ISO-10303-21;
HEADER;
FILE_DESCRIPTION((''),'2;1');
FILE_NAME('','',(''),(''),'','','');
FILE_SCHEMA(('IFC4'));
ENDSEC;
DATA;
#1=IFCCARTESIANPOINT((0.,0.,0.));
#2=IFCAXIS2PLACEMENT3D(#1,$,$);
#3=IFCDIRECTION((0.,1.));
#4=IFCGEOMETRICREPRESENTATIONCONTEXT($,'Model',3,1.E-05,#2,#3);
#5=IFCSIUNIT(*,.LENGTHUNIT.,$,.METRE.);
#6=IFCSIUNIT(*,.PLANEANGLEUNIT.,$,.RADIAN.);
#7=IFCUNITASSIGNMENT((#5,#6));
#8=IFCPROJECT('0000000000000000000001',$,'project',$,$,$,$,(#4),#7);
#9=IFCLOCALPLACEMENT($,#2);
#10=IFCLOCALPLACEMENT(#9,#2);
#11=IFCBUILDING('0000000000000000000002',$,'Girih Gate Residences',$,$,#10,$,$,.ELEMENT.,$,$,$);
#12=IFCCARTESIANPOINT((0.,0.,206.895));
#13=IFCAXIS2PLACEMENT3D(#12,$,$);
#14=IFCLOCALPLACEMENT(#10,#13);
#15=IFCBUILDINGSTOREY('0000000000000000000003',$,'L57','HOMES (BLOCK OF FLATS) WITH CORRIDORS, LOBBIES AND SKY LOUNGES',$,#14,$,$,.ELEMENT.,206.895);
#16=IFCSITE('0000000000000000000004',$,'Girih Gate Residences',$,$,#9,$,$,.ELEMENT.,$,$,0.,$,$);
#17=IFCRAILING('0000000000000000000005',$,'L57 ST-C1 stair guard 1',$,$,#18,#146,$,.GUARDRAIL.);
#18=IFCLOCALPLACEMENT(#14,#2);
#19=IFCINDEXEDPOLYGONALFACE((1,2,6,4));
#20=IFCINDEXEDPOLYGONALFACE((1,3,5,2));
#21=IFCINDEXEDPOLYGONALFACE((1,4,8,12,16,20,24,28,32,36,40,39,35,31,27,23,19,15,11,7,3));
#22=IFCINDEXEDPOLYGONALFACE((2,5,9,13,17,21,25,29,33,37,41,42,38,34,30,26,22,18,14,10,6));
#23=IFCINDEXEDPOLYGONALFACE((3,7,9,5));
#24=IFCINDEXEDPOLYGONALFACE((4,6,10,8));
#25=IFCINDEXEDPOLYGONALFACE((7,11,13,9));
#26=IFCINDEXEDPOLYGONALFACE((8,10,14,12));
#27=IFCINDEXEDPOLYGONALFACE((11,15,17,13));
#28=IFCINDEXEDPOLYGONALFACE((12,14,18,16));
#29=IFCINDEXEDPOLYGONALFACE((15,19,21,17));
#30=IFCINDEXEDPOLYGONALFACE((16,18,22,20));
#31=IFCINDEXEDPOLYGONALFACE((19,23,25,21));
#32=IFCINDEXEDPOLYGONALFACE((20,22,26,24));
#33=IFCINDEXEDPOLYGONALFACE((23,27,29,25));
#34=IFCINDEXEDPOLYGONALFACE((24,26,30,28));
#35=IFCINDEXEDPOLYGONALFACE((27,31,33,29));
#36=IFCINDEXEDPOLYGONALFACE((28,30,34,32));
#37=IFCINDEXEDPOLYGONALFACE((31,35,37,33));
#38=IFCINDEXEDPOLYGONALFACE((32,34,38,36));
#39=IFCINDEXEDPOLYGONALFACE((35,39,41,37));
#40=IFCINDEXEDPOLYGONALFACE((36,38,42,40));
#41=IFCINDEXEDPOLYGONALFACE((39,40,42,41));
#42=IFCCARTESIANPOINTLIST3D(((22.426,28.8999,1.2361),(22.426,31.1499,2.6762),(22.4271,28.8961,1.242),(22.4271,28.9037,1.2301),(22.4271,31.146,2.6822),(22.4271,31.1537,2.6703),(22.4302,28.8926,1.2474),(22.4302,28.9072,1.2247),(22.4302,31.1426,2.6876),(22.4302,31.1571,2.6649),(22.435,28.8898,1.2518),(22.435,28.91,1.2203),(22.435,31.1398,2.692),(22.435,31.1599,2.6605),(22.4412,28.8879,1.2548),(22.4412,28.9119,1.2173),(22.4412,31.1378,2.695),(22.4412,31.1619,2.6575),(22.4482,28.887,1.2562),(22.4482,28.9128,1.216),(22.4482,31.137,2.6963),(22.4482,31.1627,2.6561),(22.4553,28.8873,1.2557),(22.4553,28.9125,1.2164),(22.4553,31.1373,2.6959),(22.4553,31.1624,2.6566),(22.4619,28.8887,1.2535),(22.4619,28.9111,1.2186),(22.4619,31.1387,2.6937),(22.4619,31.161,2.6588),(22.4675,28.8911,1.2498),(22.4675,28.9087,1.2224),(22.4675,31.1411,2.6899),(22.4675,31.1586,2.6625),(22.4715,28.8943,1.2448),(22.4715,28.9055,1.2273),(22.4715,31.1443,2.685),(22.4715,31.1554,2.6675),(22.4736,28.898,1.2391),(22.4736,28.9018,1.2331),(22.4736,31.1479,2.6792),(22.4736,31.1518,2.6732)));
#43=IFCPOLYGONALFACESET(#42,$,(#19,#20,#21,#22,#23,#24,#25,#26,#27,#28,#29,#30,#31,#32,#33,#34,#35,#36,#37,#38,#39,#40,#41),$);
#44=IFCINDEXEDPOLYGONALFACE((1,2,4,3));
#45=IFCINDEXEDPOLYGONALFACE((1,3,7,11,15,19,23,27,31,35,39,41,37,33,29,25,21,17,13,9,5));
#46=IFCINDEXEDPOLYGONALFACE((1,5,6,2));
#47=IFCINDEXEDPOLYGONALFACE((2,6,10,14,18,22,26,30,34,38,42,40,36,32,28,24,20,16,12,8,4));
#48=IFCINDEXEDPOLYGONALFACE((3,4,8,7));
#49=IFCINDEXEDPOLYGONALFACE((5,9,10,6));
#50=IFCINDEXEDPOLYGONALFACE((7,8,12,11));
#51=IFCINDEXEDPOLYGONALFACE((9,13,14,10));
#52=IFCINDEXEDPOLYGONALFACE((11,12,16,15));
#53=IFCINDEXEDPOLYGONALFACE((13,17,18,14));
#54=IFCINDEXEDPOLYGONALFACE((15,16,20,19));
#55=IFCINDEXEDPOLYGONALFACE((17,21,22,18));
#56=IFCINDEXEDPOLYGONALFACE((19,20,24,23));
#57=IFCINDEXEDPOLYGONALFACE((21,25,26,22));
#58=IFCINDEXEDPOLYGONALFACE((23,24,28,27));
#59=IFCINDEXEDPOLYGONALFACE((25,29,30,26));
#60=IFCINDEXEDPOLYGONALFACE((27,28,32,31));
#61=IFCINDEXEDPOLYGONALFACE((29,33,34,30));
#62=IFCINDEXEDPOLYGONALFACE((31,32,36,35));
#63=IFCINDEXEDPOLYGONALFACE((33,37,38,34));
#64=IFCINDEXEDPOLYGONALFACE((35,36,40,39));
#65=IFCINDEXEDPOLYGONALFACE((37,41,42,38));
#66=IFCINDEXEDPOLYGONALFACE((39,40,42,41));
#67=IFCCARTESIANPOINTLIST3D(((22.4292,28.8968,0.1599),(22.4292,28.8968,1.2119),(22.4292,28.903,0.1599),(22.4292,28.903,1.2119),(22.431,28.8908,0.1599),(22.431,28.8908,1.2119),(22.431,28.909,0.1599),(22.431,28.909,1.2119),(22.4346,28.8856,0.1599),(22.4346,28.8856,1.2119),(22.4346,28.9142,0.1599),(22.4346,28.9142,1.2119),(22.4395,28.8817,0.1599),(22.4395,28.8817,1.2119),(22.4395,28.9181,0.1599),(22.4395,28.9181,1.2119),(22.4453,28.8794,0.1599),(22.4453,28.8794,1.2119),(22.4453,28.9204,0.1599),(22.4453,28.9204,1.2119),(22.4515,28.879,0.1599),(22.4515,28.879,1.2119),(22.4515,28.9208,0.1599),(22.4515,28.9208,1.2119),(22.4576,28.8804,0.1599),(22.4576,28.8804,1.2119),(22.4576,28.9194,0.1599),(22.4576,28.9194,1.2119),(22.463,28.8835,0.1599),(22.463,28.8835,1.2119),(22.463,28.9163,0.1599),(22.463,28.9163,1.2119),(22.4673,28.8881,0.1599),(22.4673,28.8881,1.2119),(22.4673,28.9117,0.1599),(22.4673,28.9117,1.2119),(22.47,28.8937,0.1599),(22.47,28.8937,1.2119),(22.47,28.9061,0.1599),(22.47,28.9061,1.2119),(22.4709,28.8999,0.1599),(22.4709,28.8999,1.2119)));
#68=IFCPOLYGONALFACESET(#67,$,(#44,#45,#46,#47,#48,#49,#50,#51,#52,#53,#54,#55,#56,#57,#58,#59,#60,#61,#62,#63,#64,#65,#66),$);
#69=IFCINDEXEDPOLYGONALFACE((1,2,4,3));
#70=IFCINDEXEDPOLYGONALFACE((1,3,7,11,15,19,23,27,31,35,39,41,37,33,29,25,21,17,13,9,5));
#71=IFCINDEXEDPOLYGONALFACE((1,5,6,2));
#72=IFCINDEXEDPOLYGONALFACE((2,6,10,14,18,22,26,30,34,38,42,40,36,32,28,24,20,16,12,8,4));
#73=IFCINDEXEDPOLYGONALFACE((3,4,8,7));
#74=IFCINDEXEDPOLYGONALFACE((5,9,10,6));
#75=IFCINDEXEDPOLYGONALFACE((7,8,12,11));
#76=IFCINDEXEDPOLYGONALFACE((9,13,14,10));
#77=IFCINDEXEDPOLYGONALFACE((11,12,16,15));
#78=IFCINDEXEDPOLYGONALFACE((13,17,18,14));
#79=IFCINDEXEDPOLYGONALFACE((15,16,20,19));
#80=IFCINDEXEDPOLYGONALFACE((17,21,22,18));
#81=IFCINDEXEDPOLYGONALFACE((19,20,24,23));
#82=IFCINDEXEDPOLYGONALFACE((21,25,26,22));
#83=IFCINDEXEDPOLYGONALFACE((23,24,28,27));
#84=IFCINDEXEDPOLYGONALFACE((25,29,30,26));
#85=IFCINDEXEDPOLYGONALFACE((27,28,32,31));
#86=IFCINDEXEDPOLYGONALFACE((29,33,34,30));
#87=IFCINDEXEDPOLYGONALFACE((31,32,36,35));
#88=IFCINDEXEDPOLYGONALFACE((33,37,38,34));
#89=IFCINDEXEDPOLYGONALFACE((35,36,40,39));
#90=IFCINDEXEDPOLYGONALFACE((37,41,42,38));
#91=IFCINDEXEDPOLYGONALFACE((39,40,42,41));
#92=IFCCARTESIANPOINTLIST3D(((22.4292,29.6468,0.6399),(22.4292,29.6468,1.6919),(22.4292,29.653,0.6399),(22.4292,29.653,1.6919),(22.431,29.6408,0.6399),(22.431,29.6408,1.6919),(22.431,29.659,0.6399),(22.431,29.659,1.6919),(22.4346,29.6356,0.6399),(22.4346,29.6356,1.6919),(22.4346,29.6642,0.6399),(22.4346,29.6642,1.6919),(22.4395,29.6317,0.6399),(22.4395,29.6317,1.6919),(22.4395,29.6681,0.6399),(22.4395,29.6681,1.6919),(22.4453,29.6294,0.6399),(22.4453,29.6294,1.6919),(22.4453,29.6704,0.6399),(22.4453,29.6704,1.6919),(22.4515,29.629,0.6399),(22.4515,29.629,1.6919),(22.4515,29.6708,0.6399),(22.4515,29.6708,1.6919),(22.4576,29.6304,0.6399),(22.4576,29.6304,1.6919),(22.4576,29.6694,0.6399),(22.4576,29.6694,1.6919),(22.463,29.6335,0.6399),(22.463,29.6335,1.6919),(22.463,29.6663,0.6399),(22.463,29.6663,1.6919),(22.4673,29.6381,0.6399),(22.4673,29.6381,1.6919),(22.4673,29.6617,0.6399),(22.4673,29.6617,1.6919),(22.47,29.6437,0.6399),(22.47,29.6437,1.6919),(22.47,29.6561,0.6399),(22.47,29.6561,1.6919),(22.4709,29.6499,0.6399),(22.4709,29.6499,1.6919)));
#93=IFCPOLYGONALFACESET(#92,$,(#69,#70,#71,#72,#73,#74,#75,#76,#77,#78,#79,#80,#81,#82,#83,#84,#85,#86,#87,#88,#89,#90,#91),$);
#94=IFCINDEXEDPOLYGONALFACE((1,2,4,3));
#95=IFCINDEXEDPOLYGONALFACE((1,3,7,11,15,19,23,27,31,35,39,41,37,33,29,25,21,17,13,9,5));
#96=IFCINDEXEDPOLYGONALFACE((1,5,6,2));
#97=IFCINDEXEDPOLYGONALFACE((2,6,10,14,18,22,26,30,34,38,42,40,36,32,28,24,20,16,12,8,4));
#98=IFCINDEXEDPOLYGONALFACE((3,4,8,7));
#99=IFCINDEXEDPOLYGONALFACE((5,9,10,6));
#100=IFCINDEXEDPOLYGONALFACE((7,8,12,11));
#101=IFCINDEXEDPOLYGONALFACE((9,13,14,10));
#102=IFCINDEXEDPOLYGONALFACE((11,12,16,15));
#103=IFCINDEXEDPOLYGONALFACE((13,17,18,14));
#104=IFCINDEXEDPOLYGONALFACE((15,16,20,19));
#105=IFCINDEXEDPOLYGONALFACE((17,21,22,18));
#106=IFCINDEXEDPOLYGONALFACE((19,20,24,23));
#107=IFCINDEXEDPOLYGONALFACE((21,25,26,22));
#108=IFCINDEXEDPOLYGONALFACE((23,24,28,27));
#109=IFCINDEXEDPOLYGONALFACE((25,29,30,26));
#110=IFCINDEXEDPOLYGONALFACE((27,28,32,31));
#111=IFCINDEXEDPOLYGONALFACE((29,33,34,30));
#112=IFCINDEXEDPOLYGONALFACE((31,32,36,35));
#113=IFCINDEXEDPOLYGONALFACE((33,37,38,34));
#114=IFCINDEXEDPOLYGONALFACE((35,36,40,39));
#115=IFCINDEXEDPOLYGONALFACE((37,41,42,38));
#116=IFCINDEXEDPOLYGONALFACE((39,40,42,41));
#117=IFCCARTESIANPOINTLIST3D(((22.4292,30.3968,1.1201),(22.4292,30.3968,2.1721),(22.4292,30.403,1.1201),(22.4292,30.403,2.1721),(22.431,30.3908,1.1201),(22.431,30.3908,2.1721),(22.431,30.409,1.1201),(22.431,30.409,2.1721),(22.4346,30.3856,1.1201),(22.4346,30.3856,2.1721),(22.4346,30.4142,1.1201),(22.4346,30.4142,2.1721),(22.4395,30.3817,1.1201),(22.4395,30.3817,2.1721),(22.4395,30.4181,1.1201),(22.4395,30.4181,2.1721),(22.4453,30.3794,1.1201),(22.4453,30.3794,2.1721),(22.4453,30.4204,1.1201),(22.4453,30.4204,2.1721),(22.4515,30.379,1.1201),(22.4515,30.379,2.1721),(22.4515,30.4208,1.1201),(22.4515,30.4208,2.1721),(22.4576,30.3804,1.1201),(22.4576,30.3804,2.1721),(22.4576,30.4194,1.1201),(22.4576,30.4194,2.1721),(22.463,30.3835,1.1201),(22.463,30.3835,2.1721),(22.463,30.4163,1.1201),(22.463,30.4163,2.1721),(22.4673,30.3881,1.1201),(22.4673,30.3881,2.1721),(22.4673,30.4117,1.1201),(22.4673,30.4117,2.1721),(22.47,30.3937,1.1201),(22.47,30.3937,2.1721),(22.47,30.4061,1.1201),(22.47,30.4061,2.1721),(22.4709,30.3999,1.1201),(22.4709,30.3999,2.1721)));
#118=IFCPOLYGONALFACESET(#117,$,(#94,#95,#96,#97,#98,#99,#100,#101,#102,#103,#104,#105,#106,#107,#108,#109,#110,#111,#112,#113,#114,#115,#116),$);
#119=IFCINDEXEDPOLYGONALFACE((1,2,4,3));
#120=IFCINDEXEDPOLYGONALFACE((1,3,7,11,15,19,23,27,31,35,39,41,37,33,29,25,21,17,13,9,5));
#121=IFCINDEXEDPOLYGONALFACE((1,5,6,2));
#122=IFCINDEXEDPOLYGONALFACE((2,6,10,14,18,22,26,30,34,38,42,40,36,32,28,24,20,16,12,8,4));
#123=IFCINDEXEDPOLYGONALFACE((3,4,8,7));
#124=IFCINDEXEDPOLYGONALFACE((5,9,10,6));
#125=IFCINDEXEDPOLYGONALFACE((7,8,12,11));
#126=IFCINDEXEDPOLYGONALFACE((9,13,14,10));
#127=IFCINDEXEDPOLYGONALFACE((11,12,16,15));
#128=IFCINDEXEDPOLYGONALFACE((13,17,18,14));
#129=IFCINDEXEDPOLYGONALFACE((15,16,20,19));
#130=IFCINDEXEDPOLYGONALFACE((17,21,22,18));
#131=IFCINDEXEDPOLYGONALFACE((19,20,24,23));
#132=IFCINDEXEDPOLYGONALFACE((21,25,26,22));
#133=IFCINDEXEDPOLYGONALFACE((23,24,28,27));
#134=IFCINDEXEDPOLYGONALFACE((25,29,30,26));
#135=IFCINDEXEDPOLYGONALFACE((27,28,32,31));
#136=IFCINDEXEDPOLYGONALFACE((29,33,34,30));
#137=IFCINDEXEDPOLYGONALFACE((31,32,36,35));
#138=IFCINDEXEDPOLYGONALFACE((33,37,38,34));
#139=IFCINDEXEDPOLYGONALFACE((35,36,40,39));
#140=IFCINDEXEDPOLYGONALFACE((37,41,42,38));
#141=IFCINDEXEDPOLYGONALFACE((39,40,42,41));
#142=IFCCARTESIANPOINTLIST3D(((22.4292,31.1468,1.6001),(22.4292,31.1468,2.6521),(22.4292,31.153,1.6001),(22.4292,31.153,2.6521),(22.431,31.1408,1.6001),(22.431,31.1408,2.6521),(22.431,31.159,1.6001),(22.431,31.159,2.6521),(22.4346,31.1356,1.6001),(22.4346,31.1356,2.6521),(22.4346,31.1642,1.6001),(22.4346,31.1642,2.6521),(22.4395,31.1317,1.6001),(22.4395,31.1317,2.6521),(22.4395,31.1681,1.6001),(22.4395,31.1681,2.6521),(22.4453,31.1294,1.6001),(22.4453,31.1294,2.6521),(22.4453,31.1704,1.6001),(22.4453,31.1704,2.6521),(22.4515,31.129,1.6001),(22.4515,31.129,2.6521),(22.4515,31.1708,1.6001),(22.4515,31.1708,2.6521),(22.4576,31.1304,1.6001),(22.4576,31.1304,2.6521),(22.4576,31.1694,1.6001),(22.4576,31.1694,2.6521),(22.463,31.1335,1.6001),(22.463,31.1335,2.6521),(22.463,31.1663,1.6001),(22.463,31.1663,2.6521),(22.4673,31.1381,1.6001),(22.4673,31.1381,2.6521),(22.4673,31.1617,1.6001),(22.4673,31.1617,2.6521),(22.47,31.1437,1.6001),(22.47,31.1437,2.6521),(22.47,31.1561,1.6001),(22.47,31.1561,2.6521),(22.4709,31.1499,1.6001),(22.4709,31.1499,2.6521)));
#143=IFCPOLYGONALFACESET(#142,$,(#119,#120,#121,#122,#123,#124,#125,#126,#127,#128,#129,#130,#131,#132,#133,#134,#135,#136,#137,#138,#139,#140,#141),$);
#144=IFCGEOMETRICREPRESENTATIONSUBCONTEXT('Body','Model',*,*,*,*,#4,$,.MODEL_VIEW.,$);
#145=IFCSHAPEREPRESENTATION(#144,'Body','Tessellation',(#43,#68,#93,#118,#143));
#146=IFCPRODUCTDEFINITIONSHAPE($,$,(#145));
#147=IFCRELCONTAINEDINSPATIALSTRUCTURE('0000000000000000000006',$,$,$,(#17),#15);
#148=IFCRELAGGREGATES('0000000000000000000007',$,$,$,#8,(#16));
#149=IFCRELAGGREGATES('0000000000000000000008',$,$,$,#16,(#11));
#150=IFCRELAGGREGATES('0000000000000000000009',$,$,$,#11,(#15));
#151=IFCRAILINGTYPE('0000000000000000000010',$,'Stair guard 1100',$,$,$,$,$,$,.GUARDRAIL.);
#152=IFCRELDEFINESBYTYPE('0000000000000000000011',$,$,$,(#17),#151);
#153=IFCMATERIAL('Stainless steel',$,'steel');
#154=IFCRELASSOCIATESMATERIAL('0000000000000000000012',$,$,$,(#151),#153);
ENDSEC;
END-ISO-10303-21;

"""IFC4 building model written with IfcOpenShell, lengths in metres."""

from ifc_helpers import new_model, si_unit, direction, frame, origin, origin_2d, place, context, subcontext, project, spatial, circle, extrude, material, type_object, element, save


model = new_model("IFC4")

# Units and contexts
model_context = context("Model", 3, precision=1e-05, world=origin(), true_north=direction((0.0, 1.0)))
body_context = subcontext(model_context, "Body", "Model", "MODEL_VIEW")
ifc_project = project(units=[si_unit("LENGTHUNIT", "METRE"), si_unit("PLANEANGLEUNIT", "RADIAN")], contexts=[model_context])

# Site, building, storey
site_placement = place(None, origin())
site = spatial("IfcSite", under=ifc_project, at=site_placement, Name="Girih Gate Residences", CompositionType="ELEMENT", RefElevation=0.0)
building_placement = place(site_placement, origin())
building = spatial("IfcBuilding", under=site, at=building_placement, Name="Girih Gate Residences", CompositionType="ELEMENT")
storey_placement = place(building_placement, frame((0.0, 0.0, 206.895)))
storey = spatial("IfcBuildingStorey", under=building, at=storey_placement, Name="L57", Description="HOMES (BLOCK OF FLATS) WITH CORRIDORS, LOBBIES AND SKY LOUNGES", CompositionType="ELEMENT", Elevation=206.895)

# Railing
ifc_material_1 = material(Name="Stainless steel", Category="steel")
railing_type_1 = type_object("IfcRailingType", Name="Stair guard 1100", PredefinedType="GUARDRAIL", material=ifc_material_1)
railing_1_placement = place(storey_placement, frame((22.45, 28.8999, 0.1599)))
element("IfcRailing", 1, at=railing_1_placement, inside=storey, type_object=railing_type_1, Name="L57 ST-C1 stair guard 1", PredefinedType="GUARDRAIL", context=body_context, shape_type="SweptSolid", body=[
    extrude(circle(Radius=0.0239, at=origin_2d()), frame((0.0, 0.0, 1.0762), z_axis=(0.0, 0.84224, 0.539103), x_axis=(-1.0, 0.0, 0.0)), (0.0, 0.0, 1.0), 2.6714),
    extrude(circle(Radius=0.021, at=origin_2d()), origin(), (0.0, 0.0, 1.0), 1.052),
    extrude(circle(Radius=0.021, at=origin_2d()), frame((0.0, 0.75, 0.48)), (0.0, 0.0, 1.0), 1.052),
    extrude(circle(Radius=0.021, at=origin_2d()), frame((0.0, 1.5, 0.9602)), (0.0, 0.0, 1.0), 1.052),
    extrude(circle(Radius=0.021, at=origin_2d()), frame((0.0, 2.25, 1.4402)), (0.0, 0.0, 1.0), 1.052),
])

save(model, "model.ifc")
